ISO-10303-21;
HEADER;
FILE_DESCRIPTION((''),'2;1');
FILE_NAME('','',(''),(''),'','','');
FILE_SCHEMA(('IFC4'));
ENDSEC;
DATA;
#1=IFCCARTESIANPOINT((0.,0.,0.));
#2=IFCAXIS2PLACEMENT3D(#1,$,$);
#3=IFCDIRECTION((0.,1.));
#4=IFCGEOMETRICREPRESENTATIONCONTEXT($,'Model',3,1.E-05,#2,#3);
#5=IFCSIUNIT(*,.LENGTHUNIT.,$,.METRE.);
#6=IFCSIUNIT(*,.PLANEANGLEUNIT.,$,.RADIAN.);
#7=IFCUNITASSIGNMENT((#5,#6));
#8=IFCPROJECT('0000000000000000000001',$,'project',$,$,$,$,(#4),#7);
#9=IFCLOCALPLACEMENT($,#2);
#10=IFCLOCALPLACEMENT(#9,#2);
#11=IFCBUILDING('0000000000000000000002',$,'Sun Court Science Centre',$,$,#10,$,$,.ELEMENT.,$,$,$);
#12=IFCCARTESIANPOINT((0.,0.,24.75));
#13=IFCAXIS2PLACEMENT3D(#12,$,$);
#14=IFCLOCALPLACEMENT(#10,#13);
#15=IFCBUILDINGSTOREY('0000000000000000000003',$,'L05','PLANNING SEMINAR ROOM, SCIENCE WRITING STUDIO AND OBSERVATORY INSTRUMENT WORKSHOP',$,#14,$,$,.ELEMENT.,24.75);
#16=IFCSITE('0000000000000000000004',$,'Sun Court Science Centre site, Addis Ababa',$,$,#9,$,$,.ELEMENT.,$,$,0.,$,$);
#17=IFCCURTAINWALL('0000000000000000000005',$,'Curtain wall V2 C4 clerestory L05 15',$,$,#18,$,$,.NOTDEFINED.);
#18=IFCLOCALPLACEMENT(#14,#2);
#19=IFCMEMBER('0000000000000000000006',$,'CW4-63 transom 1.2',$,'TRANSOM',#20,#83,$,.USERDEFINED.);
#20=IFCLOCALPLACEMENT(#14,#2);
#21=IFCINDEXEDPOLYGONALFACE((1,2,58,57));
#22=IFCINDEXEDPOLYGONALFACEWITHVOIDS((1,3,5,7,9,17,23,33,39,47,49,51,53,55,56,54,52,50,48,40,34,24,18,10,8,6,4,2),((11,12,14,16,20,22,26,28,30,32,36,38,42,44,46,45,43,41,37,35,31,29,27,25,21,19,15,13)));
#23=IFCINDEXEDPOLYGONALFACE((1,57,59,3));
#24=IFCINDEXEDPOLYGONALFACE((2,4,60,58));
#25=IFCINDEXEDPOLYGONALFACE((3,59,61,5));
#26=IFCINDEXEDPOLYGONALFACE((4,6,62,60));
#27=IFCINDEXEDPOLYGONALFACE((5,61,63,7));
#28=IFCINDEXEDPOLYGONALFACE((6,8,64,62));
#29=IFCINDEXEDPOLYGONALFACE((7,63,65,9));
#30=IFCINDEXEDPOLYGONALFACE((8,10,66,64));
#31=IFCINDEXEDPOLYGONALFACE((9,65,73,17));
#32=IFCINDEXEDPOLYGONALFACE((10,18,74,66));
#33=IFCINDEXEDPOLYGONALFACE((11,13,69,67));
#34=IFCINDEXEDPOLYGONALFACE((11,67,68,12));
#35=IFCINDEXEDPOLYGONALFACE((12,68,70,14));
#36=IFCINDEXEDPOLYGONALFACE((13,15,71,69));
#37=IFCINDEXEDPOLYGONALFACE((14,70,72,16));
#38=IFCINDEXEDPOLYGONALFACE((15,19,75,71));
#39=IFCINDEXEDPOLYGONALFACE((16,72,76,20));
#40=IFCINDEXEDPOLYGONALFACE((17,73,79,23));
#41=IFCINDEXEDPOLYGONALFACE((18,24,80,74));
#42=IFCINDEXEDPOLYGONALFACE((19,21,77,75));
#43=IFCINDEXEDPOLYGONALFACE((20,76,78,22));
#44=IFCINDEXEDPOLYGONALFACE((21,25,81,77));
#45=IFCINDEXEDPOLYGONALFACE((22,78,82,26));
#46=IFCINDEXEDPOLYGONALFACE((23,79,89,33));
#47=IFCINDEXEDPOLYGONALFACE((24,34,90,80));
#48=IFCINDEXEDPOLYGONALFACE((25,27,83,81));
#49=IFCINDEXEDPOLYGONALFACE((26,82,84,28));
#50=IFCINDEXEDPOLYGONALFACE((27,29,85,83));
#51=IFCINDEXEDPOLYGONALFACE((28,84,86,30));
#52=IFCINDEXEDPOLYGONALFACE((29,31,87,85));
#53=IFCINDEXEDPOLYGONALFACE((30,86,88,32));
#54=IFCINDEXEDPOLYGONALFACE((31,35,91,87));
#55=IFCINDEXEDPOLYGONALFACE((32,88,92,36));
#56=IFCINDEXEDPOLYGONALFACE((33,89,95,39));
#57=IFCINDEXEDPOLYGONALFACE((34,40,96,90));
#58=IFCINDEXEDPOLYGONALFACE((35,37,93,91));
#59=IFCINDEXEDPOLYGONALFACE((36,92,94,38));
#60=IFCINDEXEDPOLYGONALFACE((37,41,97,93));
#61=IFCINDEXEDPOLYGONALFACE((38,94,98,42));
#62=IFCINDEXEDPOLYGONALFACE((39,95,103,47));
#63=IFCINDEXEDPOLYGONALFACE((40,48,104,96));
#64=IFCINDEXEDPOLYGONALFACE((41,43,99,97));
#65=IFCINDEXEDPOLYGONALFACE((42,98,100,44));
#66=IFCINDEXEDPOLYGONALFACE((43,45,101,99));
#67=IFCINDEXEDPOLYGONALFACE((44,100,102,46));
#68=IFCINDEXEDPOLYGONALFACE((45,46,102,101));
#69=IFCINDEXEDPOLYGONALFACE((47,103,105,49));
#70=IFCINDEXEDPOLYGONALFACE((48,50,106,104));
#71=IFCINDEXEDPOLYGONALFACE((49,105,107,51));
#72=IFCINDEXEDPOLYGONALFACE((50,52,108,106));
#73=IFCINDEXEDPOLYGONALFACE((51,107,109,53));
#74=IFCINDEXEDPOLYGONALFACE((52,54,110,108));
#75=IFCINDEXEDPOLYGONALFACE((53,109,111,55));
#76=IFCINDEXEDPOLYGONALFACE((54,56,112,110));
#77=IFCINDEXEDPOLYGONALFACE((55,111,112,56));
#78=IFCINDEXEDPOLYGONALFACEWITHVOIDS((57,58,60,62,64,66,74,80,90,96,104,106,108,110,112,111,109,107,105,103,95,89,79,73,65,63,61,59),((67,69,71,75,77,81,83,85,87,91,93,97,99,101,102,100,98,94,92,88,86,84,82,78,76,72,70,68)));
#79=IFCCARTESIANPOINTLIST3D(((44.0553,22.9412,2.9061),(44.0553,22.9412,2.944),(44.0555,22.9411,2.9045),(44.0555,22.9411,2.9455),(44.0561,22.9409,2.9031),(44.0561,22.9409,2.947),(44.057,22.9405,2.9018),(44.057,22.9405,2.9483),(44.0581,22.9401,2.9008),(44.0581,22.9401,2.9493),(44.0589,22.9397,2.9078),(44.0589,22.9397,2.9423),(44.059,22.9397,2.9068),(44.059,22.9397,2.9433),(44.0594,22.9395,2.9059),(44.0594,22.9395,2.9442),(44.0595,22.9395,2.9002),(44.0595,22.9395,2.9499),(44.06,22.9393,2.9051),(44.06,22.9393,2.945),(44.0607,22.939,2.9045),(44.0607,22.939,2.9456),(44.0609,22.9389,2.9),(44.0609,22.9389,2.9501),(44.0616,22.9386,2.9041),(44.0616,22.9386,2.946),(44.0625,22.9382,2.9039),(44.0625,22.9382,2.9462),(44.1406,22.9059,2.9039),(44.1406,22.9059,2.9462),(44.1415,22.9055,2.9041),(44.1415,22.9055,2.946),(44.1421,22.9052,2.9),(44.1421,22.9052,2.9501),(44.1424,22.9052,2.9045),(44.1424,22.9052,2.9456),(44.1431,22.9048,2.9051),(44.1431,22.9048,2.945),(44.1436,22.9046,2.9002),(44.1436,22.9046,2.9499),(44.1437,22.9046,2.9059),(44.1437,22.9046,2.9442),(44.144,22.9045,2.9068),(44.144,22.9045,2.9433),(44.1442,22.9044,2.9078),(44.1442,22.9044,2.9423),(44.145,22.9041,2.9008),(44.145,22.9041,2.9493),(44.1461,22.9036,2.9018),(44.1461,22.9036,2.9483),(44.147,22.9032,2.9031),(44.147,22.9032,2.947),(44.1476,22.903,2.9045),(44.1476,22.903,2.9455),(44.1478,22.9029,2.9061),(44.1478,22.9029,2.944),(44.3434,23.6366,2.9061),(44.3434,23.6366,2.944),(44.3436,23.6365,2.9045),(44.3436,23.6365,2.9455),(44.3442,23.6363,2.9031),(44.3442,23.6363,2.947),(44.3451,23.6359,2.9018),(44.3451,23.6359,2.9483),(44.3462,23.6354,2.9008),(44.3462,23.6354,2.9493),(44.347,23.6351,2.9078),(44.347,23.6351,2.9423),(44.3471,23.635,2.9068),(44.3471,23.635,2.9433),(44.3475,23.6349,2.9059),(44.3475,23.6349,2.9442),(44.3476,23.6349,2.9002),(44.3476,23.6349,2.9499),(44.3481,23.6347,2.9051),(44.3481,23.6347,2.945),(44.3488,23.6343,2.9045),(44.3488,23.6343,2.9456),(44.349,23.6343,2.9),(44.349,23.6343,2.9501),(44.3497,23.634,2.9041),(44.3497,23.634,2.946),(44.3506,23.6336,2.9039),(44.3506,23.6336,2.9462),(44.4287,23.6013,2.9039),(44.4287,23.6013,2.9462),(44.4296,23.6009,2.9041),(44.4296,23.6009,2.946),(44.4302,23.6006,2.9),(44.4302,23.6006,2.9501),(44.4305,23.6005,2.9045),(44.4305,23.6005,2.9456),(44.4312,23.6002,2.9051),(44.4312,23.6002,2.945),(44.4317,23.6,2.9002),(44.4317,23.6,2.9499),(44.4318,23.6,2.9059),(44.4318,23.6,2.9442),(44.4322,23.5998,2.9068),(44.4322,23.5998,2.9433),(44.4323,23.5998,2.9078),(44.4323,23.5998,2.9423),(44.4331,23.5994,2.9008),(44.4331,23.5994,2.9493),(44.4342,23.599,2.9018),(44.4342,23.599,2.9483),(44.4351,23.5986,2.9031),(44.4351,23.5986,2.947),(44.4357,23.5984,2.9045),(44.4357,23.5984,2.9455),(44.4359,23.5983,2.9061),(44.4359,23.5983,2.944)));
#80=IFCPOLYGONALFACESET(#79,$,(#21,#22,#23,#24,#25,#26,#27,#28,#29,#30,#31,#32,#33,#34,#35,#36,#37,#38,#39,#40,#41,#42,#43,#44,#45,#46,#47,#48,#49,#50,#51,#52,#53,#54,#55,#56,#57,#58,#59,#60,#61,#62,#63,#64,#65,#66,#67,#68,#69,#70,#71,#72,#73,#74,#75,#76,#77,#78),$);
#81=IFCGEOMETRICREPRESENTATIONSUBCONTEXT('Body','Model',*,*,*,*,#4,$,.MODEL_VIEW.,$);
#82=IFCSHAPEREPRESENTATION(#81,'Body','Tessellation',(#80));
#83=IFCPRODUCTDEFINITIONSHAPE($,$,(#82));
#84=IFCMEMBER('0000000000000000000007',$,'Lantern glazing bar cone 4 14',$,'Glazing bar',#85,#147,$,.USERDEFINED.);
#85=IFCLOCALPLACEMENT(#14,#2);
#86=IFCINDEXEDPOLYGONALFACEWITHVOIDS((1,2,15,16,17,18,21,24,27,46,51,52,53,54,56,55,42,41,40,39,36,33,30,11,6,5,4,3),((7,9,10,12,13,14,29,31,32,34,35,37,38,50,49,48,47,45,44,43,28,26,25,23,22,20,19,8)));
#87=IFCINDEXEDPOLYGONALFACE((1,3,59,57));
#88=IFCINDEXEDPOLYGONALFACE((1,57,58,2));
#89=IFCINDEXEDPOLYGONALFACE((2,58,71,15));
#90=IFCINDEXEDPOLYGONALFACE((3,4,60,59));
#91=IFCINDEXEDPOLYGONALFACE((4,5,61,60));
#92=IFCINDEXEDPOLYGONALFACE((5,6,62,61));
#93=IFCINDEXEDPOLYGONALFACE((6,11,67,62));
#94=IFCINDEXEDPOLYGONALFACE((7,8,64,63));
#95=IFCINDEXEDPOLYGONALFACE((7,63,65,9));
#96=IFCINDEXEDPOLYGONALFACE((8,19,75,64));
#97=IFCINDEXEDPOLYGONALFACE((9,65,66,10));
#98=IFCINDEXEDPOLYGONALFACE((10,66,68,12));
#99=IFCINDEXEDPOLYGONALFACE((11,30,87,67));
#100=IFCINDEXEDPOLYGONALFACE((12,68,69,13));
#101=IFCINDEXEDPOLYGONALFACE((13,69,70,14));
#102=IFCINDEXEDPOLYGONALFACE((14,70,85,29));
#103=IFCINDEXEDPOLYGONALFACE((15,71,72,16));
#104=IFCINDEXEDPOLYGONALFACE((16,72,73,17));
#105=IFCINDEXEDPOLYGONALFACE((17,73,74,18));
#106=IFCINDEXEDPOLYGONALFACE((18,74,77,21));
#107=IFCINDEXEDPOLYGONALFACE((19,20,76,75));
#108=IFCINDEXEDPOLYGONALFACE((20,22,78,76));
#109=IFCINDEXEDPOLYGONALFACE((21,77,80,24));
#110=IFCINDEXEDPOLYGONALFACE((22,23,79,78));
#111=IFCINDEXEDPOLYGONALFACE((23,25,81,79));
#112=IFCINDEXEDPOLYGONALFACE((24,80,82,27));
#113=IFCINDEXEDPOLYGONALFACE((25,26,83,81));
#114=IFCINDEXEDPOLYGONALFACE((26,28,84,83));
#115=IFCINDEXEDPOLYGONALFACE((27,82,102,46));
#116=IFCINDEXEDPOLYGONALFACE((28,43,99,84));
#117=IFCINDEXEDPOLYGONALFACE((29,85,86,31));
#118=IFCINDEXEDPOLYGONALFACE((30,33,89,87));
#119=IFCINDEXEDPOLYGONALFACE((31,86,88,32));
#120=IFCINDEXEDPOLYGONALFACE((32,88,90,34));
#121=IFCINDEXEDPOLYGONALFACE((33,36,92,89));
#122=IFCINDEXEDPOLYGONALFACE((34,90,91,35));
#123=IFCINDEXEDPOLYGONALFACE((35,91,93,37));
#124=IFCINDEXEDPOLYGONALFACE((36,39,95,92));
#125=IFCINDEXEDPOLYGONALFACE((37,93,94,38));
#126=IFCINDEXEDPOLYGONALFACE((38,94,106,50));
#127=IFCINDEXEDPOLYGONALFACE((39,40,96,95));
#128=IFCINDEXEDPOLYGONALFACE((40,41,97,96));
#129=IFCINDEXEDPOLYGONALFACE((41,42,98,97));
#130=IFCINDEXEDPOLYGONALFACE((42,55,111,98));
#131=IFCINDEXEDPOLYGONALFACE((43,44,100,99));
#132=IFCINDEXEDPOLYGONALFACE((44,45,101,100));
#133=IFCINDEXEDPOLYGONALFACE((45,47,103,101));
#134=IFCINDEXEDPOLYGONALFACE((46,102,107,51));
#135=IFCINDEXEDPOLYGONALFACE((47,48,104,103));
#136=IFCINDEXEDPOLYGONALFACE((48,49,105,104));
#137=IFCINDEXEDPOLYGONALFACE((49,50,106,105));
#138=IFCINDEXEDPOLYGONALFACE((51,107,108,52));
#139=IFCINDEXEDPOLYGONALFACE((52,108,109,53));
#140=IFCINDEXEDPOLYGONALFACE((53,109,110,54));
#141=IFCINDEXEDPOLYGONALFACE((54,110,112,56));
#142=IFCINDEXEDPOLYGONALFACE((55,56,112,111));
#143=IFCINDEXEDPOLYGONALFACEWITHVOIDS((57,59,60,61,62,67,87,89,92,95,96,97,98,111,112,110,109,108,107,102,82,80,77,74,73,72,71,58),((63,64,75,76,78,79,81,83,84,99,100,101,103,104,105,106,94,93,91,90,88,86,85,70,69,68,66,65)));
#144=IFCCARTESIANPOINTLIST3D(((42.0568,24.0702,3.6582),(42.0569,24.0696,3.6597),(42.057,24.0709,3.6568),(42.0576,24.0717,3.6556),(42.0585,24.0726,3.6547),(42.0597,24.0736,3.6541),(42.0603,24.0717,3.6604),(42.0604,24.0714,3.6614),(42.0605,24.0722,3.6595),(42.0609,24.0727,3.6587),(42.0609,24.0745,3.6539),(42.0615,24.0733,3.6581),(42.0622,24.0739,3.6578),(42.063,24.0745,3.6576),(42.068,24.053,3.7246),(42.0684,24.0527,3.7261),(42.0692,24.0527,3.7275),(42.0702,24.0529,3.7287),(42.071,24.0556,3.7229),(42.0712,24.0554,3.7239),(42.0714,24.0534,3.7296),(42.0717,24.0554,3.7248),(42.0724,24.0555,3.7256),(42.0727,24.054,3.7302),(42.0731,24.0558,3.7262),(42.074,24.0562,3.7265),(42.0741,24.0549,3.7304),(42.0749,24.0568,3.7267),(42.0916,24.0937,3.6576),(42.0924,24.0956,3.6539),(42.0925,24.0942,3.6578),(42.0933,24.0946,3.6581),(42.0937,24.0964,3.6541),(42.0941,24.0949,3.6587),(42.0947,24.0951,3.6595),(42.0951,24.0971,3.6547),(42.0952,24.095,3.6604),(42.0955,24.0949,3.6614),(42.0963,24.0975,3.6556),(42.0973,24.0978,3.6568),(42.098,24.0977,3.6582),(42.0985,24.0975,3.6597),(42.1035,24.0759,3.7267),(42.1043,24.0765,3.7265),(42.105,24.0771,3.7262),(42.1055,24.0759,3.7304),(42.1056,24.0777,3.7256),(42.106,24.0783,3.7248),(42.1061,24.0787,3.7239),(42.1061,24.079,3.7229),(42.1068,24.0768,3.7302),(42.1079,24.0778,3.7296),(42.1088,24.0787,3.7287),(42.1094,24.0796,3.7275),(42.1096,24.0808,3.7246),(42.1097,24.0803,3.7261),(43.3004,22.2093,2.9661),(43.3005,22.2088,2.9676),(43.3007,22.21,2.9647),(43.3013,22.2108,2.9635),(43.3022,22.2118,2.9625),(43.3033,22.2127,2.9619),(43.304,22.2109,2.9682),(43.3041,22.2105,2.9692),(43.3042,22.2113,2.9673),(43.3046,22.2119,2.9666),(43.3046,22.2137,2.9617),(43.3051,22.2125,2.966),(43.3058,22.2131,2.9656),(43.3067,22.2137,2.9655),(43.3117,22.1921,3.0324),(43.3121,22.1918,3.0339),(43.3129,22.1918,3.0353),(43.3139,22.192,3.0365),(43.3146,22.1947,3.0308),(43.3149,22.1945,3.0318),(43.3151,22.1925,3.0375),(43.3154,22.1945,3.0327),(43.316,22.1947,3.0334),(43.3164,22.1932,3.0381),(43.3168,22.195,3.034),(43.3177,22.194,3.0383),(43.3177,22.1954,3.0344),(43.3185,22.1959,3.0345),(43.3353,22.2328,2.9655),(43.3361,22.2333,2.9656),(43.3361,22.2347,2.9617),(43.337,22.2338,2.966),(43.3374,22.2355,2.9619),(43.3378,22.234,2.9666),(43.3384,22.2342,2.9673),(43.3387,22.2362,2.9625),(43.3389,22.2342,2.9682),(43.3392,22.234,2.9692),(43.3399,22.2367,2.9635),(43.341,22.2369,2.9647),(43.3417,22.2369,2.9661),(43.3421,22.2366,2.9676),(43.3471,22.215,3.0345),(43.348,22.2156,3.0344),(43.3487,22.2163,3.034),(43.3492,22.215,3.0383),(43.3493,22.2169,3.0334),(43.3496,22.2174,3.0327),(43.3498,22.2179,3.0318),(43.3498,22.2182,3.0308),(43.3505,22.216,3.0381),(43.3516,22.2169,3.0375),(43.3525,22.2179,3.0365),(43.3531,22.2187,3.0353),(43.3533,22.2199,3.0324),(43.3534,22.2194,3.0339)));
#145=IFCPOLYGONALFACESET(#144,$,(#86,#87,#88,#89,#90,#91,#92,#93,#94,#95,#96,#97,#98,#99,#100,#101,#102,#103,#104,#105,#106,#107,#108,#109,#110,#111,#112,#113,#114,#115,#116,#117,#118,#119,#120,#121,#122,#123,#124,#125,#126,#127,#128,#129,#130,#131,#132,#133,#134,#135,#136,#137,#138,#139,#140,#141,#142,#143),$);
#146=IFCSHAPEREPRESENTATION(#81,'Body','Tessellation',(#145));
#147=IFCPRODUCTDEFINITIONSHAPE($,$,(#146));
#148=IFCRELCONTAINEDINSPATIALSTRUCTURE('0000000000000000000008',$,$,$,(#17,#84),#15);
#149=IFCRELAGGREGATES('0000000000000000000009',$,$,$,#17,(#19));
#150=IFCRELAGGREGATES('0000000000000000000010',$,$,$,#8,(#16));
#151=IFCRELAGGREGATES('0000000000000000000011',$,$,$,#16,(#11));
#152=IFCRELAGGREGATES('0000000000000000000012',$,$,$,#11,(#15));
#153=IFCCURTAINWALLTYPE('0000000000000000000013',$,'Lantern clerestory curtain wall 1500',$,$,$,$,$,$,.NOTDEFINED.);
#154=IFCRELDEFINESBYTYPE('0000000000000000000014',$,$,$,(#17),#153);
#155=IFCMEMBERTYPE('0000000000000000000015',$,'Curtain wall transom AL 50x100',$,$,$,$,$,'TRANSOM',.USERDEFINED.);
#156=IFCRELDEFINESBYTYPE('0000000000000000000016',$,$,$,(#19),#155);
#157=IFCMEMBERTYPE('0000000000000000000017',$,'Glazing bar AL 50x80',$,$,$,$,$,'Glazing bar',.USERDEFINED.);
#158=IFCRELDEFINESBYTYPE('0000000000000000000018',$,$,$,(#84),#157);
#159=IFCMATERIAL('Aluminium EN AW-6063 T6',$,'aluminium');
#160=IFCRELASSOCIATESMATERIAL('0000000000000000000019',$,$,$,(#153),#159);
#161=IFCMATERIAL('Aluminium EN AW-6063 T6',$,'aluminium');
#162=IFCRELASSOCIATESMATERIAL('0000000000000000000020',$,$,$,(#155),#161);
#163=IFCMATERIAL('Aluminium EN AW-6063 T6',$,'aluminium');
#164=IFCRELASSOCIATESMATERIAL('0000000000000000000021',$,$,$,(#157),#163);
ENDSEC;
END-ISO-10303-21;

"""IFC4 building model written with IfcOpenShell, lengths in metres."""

from ifc_helpers import new_model, si_unit, direction, frame, origin, origin_2d, place, context, subcontext, project, spatial, hollow_rectangle, extrude, material, material_profile, profile_set, type_object, element, aggregate, save


model = new_model("IFC4")

# Units and contexts
model_context = context("Model", 3, precision=1e-05, world=origin(), true_north=direction((0.0, 1.0)))
body_context = subcontext(model_context, "Body", "Model", "MODEL_VIEW")
ifc_project = project(units=[si_unit("LENGTHUNIT", "METRE"), si_unit("PLANEANGLEUNIT", "RADIAN")], contexts=[model_context])

# Site, building, storey
site_placement = place(None, origin())
site = spatial("IfcSite", under=ifc_project, at=site_placement, Name="Sun Court Science Centre site, Addis Ababa", CompositionType="ELEMENT", RefElevation=0.0)
building_placement = place(site_placement, origin())
building = spatial("IfcBuilding", under=site, at=building_placement, Name="Sun Court Science Centre", CompositionType="ELEMENT")
storey_placement = place(building_placement, frame((0.0, 0.0, 24.75)))
storey = spatial("IfcBuildingStorey", under=building, at=storey_placement, Name="L05", Description="PLANNING SEMINAR ROOM, SCIENCE WRITING STUDIO AND OBSERVATORY INSTRUMENT WORKSHOP", CompositionType="ELEMENT", Elevation=24.75)

# Shared definitions
ifc_material_1 = material(Name="Aluminium EN AW-6063 T6", Category="aluminium")
curtain_wall_type = type_object("IfcCurtainWallType", Name="Lantern clerestory curtain wall 1500", PredefinedType="NOTDEFINED", material=ifc_material_1)

# Curtain wall
curtain_wall_1_placement = place(storey_placement, origin())
curtain_wall_1 = element("IfcCurtainWall", 1, at=curtain_wall_1_placement, inside=storey, type_object=curtain_wall_type, Name="Curtain wall V2 C4 clerestory L05 15", PredefinedType="NOTDEFINED")

# Member
ifc_material_2 = material(Name="Aluminium EN AW-6063 T6", Category="aluminium")
ifc_material_profile_1 = material_profile(ifc_material_2, hollow_rectangle(XDim=0.05, YDim=0.1001, WallThickness=0.0039, InnerFilletRadius=0.0039, OuterFilletRadius=0.0061, at=origin_2d()), Name="AL 50x100x4")
ifc_profile_set_1 = profile_set([ifc_material_profile_1], Name="Aluminium EN AW-6063 T6")
member_type_1 = type_object("IfcMemberType", Name="Curtain wall transom AL 50x100", ElementType="TRANSOM", PredefinedType="USERDEFINED", material=ifc_profile_set_1)
member_1_placement = place(storey_placement, frame((44.3896, 23.6174, 2.925), z_axis=(-0.382772, -0.923843, 0.0), x_axis=(0.0, 0.0, 1.0)))
member_1 = element("IfcMember", 2, at=member_1_placement, type_object=member_type_1, Name="CW4-63 transom 1.2", ObjectType="TRANSOM", PredefinedType="USERDEFINED", context=body_context, shape_type="SweptSolid", body=[
    extrude(hollow_rectangle(XDim=0.05, YDim=0.1001, WallThickness=0.0039, InnerFilletRadius=0.0039, OuterFilletRadius=0.0061, at=origin_2d()), origin(), (0.0, 0.0, 1.0), 0.7527),
])

# Member
ifc_material_3 = material(Name="Aluminium EN AW-6063 T6", Category="aluminium")
ifc_material_profile_2 = material_profile(ifc_material_3, hollow_rectangle(XDim=0.05, YDim=0.0801, WallThickness=0.0039, InnerFilletRadius=0.0039, OuterFilletRadius=0.0061, at=origin_2d()), Name="AL 50x80x4")
ifc_profile_set_2 = profile_set([ifc_material_profile_2], Name="Aluminium EN AW-6063 T6")
member_type_2 = type_object("IfcMemberType", Name="Glazing bar AL 50x80", ElementType="Glazing bar", PredefinedType="USERDEFINED", material=ifc_profile_set_2)
member_2_placement = place(storey_placement, frame((43.3269, 22.2144, 3.0), z_axis=(-0.530853, 0.794299, 0.295439), x_axis=(-0.831412, -0.555656, 0.0)))
element("IfcMember", 3, at=member_2_placement, inside=storey, type_object=member_type_2, Name="Lantern glazing bar cone 4 14", ObjectType="Glazing bar", PredefinedType="USERDEFINED", context=body_context, shape_type="SweptSolid", body=[
    extrude(hollow_rectangle(XDim=0.05, YDim=0.0801, WallThickness=0.0039, InnerFilletRadius=0.0039, OuterFilletRadius=0.0061, at=origin_2d()), origin(), (0.0, 0.0, 1.0), 2.3428),
])

aggregate(curtain_wall_1, [member_1])

save(model, "model.ifc")
